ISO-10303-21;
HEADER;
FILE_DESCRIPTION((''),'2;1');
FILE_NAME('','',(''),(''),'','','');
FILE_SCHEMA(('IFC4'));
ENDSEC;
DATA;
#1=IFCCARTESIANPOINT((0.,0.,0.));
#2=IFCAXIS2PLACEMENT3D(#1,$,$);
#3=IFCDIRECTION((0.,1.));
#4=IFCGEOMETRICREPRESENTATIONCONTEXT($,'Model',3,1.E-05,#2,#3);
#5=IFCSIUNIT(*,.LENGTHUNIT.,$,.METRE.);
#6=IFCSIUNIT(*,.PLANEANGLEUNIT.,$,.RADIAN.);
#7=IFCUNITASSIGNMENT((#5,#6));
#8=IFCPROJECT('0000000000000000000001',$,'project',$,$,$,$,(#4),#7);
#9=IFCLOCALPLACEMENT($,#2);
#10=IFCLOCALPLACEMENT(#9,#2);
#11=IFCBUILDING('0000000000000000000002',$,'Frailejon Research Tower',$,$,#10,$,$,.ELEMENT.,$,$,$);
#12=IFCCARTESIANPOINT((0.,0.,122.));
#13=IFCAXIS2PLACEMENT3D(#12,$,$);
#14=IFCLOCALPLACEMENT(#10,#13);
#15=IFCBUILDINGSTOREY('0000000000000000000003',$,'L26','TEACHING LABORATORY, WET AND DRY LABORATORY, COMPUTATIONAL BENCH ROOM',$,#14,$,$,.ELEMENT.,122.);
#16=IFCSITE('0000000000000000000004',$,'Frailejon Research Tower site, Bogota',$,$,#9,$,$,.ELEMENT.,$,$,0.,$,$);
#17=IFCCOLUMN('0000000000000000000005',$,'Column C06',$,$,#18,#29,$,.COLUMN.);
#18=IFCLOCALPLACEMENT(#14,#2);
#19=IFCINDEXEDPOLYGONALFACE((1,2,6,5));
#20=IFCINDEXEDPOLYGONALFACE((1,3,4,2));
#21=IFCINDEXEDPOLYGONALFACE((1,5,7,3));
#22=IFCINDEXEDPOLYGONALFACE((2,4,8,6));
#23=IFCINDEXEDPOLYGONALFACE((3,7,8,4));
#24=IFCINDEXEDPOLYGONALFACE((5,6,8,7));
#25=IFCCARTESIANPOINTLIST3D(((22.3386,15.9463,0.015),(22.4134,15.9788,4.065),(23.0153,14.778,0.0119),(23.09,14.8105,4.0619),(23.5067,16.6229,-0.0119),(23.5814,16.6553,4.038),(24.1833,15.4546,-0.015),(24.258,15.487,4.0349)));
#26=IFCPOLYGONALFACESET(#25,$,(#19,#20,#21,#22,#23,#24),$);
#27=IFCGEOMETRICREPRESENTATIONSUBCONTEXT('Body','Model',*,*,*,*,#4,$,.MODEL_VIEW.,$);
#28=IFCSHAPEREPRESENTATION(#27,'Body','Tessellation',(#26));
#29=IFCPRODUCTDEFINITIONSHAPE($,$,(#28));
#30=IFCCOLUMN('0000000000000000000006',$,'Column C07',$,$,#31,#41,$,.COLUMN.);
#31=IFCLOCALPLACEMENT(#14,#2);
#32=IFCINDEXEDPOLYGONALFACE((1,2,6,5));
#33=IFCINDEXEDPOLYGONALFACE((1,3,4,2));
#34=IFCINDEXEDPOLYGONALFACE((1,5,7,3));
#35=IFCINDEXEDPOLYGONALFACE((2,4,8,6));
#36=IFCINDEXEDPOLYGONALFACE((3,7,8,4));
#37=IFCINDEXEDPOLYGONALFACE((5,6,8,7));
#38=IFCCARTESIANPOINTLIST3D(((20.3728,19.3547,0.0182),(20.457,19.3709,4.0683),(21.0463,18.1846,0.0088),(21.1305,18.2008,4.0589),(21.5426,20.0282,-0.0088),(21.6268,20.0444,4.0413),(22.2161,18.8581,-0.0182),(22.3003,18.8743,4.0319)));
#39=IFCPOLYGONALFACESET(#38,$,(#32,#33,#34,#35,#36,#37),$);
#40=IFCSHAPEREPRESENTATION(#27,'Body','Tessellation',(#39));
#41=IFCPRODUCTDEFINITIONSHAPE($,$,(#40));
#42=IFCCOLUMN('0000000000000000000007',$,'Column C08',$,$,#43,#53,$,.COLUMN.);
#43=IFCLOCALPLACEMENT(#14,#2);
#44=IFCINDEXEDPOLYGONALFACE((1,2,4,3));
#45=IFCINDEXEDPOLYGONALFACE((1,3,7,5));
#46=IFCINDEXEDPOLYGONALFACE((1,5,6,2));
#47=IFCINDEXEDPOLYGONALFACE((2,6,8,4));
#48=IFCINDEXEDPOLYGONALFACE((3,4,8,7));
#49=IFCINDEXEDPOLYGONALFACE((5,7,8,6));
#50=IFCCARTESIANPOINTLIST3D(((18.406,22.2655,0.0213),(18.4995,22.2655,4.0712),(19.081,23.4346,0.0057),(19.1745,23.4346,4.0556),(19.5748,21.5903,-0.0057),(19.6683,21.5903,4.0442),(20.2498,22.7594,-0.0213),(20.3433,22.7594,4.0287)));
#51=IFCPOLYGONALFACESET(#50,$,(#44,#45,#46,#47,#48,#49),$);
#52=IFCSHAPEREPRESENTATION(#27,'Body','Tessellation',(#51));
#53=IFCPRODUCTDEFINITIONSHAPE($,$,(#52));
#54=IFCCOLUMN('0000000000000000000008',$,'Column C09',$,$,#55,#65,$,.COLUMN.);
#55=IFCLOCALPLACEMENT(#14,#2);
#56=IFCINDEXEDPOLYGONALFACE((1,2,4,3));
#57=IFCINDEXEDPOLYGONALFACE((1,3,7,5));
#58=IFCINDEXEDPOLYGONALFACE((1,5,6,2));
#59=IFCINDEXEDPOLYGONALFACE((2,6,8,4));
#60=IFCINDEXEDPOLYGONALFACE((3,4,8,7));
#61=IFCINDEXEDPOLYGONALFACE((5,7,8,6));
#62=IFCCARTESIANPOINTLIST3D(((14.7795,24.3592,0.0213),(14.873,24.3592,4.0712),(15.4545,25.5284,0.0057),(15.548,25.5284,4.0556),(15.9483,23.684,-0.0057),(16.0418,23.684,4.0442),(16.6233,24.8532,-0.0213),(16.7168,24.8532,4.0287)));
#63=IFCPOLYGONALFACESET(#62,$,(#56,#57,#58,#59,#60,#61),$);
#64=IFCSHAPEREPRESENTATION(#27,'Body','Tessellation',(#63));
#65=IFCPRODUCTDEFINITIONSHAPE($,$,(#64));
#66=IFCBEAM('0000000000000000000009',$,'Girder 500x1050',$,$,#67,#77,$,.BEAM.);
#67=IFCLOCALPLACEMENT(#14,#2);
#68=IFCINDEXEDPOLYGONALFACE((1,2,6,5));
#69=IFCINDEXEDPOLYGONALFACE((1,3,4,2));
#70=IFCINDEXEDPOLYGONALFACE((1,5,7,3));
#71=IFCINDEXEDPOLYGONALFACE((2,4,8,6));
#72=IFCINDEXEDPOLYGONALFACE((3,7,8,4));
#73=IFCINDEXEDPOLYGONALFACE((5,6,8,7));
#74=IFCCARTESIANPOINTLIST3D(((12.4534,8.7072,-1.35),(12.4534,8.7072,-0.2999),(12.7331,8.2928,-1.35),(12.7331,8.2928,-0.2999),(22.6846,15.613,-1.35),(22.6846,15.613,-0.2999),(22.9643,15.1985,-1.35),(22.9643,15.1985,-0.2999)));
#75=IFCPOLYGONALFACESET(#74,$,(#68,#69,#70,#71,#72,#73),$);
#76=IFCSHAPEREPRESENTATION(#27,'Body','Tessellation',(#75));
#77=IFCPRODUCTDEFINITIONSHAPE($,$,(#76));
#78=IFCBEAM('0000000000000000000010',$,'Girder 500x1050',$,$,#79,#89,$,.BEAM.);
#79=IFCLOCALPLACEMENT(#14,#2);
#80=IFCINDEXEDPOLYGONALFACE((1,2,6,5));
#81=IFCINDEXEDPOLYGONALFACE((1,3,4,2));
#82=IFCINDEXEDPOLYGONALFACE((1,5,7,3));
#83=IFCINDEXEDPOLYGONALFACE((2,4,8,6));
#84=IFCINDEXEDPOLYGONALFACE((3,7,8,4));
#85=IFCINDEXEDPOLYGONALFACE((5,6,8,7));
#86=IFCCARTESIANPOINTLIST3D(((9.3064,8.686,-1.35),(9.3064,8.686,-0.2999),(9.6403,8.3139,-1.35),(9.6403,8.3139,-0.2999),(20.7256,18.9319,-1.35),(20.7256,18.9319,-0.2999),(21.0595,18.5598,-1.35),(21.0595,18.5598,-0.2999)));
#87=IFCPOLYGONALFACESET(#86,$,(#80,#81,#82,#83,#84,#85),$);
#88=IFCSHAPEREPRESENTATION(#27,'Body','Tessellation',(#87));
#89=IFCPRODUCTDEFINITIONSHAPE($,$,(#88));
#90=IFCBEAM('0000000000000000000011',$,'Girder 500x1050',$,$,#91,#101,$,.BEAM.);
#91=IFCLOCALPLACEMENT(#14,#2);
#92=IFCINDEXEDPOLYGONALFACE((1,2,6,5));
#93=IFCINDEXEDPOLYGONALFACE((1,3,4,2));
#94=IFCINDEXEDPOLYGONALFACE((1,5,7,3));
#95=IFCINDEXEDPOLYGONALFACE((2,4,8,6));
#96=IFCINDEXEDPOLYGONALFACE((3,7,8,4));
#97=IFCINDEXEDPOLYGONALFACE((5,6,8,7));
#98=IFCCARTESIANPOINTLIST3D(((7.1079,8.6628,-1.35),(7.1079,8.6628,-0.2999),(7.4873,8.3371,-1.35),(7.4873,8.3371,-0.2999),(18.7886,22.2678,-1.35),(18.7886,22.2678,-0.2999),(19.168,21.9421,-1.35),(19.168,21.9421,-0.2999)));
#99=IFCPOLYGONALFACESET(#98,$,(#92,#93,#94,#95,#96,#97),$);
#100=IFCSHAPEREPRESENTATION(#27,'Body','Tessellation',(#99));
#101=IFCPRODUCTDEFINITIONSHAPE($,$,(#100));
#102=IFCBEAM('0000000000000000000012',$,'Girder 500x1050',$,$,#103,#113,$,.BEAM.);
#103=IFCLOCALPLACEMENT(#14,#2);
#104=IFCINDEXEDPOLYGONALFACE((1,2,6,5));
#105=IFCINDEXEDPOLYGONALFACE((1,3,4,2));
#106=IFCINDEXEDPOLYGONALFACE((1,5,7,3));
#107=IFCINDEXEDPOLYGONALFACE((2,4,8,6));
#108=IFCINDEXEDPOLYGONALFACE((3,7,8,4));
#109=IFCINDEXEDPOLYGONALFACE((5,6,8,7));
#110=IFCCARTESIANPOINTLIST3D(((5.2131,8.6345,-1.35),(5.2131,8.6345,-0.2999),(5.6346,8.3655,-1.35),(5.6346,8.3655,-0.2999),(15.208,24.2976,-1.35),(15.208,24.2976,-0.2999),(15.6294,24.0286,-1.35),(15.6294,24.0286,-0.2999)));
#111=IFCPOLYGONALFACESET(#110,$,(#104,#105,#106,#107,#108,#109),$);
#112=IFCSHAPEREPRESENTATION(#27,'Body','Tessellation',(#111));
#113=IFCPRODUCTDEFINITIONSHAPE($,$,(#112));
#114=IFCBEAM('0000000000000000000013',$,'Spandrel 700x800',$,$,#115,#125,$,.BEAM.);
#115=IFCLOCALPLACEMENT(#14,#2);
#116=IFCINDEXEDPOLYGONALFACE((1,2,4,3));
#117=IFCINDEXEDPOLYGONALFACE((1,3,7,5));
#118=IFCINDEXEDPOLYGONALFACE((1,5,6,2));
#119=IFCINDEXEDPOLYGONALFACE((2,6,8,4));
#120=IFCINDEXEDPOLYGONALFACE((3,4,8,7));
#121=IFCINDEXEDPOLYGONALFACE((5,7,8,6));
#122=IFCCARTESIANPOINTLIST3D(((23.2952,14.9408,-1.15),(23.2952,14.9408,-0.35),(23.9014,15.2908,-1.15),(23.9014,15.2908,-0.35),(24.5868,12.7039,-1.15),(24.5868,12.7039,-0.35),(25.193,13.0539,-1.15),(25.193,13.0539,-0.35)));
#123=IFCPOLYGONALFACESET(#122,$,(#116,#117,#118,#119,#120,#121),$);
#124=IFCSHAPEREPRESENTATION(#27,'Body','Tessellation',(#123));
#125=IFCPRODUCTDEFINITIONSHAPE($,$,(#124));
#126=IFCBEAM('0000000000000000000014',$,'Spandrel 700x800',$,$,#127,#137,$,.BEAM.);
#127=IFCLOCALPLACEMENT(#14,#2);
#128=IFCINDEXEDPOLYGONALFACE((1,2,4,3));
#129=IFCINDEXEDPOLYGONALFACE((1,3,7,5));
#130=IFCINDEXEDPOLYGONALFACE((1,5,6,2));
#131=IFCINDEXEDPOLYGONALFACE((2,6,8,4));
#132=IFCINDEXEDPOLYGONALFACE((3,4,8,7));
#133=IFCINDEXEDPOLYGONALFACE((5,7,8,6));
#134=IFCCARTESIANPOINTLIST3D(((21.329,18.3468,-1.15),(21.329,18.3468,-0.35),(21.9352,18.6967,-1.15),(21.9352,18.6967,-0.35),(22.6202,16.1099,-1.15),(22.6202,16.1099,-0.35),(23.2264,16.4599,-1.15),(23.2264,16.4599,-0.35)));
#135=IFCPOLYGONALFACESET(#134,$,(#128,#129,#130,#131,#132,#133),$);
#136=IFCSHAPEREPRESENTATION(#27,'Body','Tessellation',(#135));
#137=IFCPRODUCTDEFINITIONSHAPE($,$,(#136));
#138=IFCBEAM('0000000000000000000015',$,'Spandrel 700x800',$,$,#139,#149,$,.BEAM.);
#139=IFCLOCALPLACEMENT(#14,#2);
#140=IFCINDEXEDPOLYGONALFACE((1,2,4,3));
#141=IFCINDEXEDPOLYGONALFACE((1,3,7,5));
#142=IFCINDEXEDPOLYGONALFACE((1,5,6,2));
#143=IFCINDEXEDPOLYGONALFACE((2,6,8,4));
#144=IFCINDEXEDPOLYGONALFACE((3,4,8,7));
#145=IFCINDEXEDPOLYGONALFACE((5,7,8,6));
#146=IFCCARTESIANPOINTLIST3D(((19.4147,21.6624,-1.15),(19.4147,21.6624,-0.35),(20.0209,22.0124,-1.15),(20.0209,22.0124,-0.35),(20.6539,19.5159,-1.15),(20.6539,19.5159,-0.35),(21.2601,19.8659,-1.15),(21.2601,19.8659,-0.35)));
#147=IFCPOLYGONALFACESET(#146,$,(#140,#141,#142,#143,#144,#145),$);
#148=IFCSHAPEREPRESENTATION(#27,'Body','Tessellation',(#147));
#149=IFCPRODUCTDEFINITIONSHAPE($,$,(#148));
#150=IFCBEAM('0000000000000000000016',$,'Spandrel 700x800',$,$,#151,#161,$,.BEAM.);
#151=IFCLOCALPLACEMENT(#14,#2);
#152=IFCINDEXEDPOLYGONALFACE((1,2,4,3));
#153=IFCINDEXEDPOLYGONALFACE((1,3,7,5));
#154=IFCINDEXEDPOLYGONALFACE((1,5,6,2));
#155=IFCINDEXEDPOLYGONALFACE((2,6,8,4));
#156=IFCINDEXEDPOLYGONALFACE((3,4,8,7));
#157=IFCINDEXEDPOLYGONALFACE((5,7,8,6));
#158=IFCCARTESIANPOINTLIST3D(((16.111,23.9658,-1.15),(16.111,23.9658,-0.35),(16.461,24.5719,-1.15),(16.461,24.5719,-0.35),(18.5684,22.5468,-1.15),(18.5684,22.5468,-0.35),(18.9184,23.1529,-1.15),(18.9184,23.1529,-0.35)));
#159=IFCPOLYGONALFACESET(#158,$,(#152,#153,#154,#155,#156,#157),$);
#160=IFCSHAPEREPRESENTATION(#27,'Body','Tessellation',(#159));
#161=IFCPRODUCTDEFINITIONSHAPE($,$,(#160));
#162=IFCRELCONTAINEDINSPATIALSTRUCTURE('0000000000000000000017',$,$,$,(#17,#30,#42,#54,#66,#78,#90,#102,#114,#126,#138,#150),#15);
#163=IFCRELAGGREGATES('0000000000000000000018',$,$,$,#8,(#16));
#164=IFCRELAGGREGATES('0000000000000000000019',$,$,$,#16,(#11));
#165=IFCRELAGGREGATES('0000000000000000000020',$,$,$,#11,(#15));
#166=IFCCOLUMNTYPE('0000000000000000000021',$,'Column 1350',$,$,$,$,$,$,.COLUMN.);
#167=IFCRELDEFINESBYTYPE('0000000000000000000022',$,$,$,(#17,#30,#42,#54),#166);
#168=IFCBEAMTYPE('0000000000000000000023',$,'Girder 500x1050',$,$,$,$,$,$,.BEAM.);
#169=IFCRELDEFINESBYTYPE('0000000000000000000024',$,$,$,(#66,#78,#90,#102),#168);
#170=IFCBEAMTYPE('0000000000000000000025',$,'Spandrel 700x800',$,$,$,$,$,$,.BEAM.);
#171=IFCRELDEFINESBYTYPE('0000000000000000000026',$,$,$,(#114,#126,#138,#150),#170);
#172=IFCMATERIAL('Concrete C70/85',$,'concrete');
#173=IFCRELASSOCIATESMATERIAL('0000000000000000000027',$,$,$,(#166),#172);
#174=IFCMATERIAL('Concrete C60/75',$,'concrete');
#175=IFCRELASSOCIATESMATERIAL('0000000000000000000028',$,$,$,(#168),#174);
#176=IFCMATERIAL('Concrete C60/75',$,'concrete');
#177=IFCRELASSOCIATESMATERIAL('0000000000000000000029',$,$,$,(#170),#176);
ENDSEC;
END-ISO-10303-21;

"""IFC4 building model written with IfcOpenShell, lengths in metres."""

from ifc_helpers import new_model, si_unit, direction, frame, origin, origin_2d, place, context, subcontext, project, spatial, rectangle, extrude, material, material_profile, profile_set, type_object, element, save


model = new_model("IFC4")

# Units and contexts
model_context = context("Model", 3, precision=1e-05, world=origin(), true_north=direction((0.0, 1.0)))
body_context = subcontext(model_context, "Body", "Model", "MODEL_VIEW")
ifc_project = project(units=[si_unit("LENGTHUNIT", "METRE"), si_unit("PLANEANGLEUNIT", "RADIAN")], contexts=[model_context])

# Site, building, storey
site_placement = place(None, origin())
site = spatial("IfcSite", under=ifc_project, at=site_placement, Name="Frailejon Research Tower site, Bogota", CompositionType="ELEMENT", RefElevation=0.0)
building_placement = place(site_placement, origin())
building = spatial("IfcBuilding", under=site, at=building_placement, Name="Frailejon Research Tower", CompositionType="ELEMENT")
storey_placement = place(building_placement, frame((0.0, 0.0, 122.0)))
storey = spatial("IfcBuildingStorey", under=building, at=storey_placement, Name="L26", Description="TEACHING LABORATORY, WET AND DRY LABORATORY, COMPUTATIONAL BENCH ROOM", CompositionType="ELEMENT", Elevation=122.0)

# Columns
ifc_material_1 = material(Name="Concrete C70/85", Category="concrete")
ifc_material_profile_1 = material_profile(ifc_material_1, rectangle(XDim=1.3501, YDim=1.3501, at=origin_2d()), Name="Column 1350")
ifc_profile_set_1 = profile_set([ifc_material_profile_1], Name="Concrete C70/85")
column_type = type_object("IfcColumnType", Name="Column 1350", PredefinedType="COLUMN", material=ifc_profile_set_1)
column_placement = place(storey_placement, frame((23.261, 15.7004, 0.0), z_axis=(0.018442, 0.008016, 0.999798), x_axis=(-0.50118, 0.86534, 0.002307)))
element("IfcColumn", 1, at=column_placement, inside=storey, type_object=column_type, Name="Column C06", PredefinedType="COLUMN", context=body_context, shape_type="SweptSolid", body=[
    extrude(rectangle(XDim=1.3501, YDim=1.3501, at=origin_2d()), origin(), (0.0, 0.0, 1.0), 4.0508),
])
for number, where, z_axis, x_axis, name in (
    (2, (21.2944, 19.1064, 0.0), (0.020792, 0.003978, 0.999776), (-0.498819, 0.866678, 0.006926), "Column C07"),
    (3, (19.3279, 22.5125, 0.0), (0.023081, 0.0, 0.999734), (-0.865737, 0.5001, 0.019988), "Column C08"),
    (4, (15.7014, 24.6062, 0.0), (0.023081, 0.0, 0.999734), (-0.865737, 0.5001, 0.019988), "Column C09"),
):
    element("IfcColumn", number, at=place(storey_placement, frame(where, z_axis=z_axis, x_axis=x_axis)), inside=storey, type_object=column_type, Name=name, PredefinedType="COLUMN", context=body_context, shape_type="SweptSolid", body=[
        extrude(rectangle(XDim=1.3501, YDim=1.3501, at=origin_2d()), origin(), (0.0, 0.0, 1.0), 4.051),
    ])

# Beams
ifc_material_2 = material(Name="Concrete C60/75", Category="concrete")
ifc_material_profile_2 = material_profile(ifc_material_2, rectangle(XDim=0.5, YDim=1.05, at=origin_2d()), Name="Girder 500x1050")
ifc_profile_set_2 = profile_set([ifc_material_profile_2], Name="Concrete C60/75")
beam_type_1 = type_object("IfcBeamType", Name="Girder 500x1050", PredefinedType="BEAM", material=ifc_profile_set_2)
beam_1_placement = place(storey_placement, frame((22.8245, 15.4058, -0.825), z_axis=(-0.82886, -0.559456, 0.0), x_axis=(0.559456, -0.82886, 0.0)))
element("IfcBeam", 5, at=beam_1_placement, inside=storey, type_object=beam_type_1, Name="Girder 500x1050", PredefinedType="BEAM", context=body_context, shape_type="SweptSolid", body=[
    extrude(rectangle(XDim=0.5, YDim=1.05, at=origin_2d()), origin(), (0.0, 0.0, 1.0), 12.3438),
])
beam_2_placement = place(storey_placement, frame((20.8926, 18.7458, -0.825), z_axis=(-0.744312, -0.667832, 0.0), x_axis=(0.667832, -0.744312, 0.0)))
element("IfcBeam", 6, at=beam_2_placement, inside=storey, type_object=beam_type_1, Name="Girder 500x1050", PredefinedType="BEAM", context=body_context, shape_type="SweptSolid", body=[
    extrude(rectangle(XDim=0.5, YDim=1.05, at=origin_2d()), origin(), (0.0, 0.0, 1.0), 15.342),
])
beam_3_placement = place(storey_placement, frame((18.9783, 22.105, -0.825), z_axis=(-0.65141, -0.758726, 0.0), x_axis=(0.758726, -0.65141, 0.0)))
element("IfcBeam", 7, at=beam_3_placement, inside=storey, type_object=beam_type_1, Name="Girder 500x1050", PredefinedType="BEAM", context=body_context, shape_type="SweptSolid", body=[
    extrude(rectangle(XDim=0.5, YDim=1.05, at=origin_2d()), origin(), (0.0, 0.0, 1.0), 17.9314),
])
beam_4_placement = place(storey_placement, frame((15.4187, 24.1631, -0.825), z_axis=(-0.537927, -0.842992, 0.0), x_axis=(0.842992, -0.537927, 0.0)))
element("IfcBeam", 8, at=beam_4_placement, inside=storey, type_object=beam_type_1, Name="Girder 500x1050", PredefinedType="BEAM", context=body_context, shape_type="SweptSolid", body=[
    extrude(rectangle(XDim=0.5, YDim=1.05, at=origin_2d()), origin(), (0.0, 0.0, 1.0), 18.5803),
])
ifc_material_3 = material(Name="Concrete C60/75", Category="concrete")
ifc_material_profile_3 = material_profile(ifc_material_3, rectangle(XDim=0.7, YDim=0.8, at=origin_2d()), Name="Spandrel 700x800")
ifc_profile_set_3 = profile_set([ifc_material_profile_3], Name="Concrete C60/75")
beam_type_2 = type_object("IfcBeamType", Name="Spandrel 700x800", PredefinedType="BEAM", material=ifc_profile_set_3)
beam_5_placement = place(storey_placement, frame((24.8899, 12.8789, -0.75), z_axis=(-0.500022, 0.866012, 0.0), x_axis=(-0.866012, -0.500022, 0.0)))
element("IfcBeam", 9, at=beam_5_placement, inside=storey, type_object=beam_type_2, Name="Spandrel 700x800", PredefinedType="BEAM", context=body_context, shape_type="SweptSolid", body=[
    extrude(rectangle(XDim=0.7, YDim=0.8, at=origin_2d()), origin(), (0.0, 0.0, 1.0), 2.583),
])
beam_6_placement = place(storey_placement, frame((22.9233, 16.2849, -0.75), z_axis=(-0.499952, 0.866053, 0.0), x_axis=(-0.866053, -0.499952, 0.0)))
element("IfcBeam", 10, at=beam_6_placement, inside=storey, type_object=beam_type_2, Name="Spandrel 700x800", PredefinedType="BEAM", context=body_context, shape_type="SweptSolid", body=[
    extrude(rectangle(XDim=0.7, YDim=0.8, at=origin_2d()), origin(), (0.0, 0.0, 1.0), 2.5828),
])
beam_7_placement = place(storey_placement, frame((20.957, 19.6909, -0.75), z_axis=(-0.499995, 0.866028, 0.0), x_axis=(-0.866028, -0.499995, 0.0)))
element("IfcBeam", 11, at=beam_7_placement, inside=storey, type_object=beam_type_2, Name="Spandrel 700x800", PredefinedType="BEAM", context=body_context, shape_type="SweptSolid", body=[
    extrude(rectangle(XDim=0.7, YDim=0.8, at=origin_2d()), origin(), (0.0, 0.0, 1.0), 2.4785),
])
beam_8_placement = place(storey_placement, frame((18.7434, 22.8499, -0.75), z_axis=(-0.865989, 0.500063, 0.0), x_axis=(-0.500063, -0.865989, 0.0)))
element("IfcBeam", 12, at=beam_8_placement, inside=storey, type_object=beam_type_2, Name="Spandrel 700x800", PredefinedType="BEAM", context=body_context, shape_type="SweptSolid", body=[
    extrude(rectangle(XDim=0.7, YDim=0.8, at=origin_2d()), origin(), (0.0, 0.0, 1.0), 2.8376),
])

save(model, "model.ifc")
